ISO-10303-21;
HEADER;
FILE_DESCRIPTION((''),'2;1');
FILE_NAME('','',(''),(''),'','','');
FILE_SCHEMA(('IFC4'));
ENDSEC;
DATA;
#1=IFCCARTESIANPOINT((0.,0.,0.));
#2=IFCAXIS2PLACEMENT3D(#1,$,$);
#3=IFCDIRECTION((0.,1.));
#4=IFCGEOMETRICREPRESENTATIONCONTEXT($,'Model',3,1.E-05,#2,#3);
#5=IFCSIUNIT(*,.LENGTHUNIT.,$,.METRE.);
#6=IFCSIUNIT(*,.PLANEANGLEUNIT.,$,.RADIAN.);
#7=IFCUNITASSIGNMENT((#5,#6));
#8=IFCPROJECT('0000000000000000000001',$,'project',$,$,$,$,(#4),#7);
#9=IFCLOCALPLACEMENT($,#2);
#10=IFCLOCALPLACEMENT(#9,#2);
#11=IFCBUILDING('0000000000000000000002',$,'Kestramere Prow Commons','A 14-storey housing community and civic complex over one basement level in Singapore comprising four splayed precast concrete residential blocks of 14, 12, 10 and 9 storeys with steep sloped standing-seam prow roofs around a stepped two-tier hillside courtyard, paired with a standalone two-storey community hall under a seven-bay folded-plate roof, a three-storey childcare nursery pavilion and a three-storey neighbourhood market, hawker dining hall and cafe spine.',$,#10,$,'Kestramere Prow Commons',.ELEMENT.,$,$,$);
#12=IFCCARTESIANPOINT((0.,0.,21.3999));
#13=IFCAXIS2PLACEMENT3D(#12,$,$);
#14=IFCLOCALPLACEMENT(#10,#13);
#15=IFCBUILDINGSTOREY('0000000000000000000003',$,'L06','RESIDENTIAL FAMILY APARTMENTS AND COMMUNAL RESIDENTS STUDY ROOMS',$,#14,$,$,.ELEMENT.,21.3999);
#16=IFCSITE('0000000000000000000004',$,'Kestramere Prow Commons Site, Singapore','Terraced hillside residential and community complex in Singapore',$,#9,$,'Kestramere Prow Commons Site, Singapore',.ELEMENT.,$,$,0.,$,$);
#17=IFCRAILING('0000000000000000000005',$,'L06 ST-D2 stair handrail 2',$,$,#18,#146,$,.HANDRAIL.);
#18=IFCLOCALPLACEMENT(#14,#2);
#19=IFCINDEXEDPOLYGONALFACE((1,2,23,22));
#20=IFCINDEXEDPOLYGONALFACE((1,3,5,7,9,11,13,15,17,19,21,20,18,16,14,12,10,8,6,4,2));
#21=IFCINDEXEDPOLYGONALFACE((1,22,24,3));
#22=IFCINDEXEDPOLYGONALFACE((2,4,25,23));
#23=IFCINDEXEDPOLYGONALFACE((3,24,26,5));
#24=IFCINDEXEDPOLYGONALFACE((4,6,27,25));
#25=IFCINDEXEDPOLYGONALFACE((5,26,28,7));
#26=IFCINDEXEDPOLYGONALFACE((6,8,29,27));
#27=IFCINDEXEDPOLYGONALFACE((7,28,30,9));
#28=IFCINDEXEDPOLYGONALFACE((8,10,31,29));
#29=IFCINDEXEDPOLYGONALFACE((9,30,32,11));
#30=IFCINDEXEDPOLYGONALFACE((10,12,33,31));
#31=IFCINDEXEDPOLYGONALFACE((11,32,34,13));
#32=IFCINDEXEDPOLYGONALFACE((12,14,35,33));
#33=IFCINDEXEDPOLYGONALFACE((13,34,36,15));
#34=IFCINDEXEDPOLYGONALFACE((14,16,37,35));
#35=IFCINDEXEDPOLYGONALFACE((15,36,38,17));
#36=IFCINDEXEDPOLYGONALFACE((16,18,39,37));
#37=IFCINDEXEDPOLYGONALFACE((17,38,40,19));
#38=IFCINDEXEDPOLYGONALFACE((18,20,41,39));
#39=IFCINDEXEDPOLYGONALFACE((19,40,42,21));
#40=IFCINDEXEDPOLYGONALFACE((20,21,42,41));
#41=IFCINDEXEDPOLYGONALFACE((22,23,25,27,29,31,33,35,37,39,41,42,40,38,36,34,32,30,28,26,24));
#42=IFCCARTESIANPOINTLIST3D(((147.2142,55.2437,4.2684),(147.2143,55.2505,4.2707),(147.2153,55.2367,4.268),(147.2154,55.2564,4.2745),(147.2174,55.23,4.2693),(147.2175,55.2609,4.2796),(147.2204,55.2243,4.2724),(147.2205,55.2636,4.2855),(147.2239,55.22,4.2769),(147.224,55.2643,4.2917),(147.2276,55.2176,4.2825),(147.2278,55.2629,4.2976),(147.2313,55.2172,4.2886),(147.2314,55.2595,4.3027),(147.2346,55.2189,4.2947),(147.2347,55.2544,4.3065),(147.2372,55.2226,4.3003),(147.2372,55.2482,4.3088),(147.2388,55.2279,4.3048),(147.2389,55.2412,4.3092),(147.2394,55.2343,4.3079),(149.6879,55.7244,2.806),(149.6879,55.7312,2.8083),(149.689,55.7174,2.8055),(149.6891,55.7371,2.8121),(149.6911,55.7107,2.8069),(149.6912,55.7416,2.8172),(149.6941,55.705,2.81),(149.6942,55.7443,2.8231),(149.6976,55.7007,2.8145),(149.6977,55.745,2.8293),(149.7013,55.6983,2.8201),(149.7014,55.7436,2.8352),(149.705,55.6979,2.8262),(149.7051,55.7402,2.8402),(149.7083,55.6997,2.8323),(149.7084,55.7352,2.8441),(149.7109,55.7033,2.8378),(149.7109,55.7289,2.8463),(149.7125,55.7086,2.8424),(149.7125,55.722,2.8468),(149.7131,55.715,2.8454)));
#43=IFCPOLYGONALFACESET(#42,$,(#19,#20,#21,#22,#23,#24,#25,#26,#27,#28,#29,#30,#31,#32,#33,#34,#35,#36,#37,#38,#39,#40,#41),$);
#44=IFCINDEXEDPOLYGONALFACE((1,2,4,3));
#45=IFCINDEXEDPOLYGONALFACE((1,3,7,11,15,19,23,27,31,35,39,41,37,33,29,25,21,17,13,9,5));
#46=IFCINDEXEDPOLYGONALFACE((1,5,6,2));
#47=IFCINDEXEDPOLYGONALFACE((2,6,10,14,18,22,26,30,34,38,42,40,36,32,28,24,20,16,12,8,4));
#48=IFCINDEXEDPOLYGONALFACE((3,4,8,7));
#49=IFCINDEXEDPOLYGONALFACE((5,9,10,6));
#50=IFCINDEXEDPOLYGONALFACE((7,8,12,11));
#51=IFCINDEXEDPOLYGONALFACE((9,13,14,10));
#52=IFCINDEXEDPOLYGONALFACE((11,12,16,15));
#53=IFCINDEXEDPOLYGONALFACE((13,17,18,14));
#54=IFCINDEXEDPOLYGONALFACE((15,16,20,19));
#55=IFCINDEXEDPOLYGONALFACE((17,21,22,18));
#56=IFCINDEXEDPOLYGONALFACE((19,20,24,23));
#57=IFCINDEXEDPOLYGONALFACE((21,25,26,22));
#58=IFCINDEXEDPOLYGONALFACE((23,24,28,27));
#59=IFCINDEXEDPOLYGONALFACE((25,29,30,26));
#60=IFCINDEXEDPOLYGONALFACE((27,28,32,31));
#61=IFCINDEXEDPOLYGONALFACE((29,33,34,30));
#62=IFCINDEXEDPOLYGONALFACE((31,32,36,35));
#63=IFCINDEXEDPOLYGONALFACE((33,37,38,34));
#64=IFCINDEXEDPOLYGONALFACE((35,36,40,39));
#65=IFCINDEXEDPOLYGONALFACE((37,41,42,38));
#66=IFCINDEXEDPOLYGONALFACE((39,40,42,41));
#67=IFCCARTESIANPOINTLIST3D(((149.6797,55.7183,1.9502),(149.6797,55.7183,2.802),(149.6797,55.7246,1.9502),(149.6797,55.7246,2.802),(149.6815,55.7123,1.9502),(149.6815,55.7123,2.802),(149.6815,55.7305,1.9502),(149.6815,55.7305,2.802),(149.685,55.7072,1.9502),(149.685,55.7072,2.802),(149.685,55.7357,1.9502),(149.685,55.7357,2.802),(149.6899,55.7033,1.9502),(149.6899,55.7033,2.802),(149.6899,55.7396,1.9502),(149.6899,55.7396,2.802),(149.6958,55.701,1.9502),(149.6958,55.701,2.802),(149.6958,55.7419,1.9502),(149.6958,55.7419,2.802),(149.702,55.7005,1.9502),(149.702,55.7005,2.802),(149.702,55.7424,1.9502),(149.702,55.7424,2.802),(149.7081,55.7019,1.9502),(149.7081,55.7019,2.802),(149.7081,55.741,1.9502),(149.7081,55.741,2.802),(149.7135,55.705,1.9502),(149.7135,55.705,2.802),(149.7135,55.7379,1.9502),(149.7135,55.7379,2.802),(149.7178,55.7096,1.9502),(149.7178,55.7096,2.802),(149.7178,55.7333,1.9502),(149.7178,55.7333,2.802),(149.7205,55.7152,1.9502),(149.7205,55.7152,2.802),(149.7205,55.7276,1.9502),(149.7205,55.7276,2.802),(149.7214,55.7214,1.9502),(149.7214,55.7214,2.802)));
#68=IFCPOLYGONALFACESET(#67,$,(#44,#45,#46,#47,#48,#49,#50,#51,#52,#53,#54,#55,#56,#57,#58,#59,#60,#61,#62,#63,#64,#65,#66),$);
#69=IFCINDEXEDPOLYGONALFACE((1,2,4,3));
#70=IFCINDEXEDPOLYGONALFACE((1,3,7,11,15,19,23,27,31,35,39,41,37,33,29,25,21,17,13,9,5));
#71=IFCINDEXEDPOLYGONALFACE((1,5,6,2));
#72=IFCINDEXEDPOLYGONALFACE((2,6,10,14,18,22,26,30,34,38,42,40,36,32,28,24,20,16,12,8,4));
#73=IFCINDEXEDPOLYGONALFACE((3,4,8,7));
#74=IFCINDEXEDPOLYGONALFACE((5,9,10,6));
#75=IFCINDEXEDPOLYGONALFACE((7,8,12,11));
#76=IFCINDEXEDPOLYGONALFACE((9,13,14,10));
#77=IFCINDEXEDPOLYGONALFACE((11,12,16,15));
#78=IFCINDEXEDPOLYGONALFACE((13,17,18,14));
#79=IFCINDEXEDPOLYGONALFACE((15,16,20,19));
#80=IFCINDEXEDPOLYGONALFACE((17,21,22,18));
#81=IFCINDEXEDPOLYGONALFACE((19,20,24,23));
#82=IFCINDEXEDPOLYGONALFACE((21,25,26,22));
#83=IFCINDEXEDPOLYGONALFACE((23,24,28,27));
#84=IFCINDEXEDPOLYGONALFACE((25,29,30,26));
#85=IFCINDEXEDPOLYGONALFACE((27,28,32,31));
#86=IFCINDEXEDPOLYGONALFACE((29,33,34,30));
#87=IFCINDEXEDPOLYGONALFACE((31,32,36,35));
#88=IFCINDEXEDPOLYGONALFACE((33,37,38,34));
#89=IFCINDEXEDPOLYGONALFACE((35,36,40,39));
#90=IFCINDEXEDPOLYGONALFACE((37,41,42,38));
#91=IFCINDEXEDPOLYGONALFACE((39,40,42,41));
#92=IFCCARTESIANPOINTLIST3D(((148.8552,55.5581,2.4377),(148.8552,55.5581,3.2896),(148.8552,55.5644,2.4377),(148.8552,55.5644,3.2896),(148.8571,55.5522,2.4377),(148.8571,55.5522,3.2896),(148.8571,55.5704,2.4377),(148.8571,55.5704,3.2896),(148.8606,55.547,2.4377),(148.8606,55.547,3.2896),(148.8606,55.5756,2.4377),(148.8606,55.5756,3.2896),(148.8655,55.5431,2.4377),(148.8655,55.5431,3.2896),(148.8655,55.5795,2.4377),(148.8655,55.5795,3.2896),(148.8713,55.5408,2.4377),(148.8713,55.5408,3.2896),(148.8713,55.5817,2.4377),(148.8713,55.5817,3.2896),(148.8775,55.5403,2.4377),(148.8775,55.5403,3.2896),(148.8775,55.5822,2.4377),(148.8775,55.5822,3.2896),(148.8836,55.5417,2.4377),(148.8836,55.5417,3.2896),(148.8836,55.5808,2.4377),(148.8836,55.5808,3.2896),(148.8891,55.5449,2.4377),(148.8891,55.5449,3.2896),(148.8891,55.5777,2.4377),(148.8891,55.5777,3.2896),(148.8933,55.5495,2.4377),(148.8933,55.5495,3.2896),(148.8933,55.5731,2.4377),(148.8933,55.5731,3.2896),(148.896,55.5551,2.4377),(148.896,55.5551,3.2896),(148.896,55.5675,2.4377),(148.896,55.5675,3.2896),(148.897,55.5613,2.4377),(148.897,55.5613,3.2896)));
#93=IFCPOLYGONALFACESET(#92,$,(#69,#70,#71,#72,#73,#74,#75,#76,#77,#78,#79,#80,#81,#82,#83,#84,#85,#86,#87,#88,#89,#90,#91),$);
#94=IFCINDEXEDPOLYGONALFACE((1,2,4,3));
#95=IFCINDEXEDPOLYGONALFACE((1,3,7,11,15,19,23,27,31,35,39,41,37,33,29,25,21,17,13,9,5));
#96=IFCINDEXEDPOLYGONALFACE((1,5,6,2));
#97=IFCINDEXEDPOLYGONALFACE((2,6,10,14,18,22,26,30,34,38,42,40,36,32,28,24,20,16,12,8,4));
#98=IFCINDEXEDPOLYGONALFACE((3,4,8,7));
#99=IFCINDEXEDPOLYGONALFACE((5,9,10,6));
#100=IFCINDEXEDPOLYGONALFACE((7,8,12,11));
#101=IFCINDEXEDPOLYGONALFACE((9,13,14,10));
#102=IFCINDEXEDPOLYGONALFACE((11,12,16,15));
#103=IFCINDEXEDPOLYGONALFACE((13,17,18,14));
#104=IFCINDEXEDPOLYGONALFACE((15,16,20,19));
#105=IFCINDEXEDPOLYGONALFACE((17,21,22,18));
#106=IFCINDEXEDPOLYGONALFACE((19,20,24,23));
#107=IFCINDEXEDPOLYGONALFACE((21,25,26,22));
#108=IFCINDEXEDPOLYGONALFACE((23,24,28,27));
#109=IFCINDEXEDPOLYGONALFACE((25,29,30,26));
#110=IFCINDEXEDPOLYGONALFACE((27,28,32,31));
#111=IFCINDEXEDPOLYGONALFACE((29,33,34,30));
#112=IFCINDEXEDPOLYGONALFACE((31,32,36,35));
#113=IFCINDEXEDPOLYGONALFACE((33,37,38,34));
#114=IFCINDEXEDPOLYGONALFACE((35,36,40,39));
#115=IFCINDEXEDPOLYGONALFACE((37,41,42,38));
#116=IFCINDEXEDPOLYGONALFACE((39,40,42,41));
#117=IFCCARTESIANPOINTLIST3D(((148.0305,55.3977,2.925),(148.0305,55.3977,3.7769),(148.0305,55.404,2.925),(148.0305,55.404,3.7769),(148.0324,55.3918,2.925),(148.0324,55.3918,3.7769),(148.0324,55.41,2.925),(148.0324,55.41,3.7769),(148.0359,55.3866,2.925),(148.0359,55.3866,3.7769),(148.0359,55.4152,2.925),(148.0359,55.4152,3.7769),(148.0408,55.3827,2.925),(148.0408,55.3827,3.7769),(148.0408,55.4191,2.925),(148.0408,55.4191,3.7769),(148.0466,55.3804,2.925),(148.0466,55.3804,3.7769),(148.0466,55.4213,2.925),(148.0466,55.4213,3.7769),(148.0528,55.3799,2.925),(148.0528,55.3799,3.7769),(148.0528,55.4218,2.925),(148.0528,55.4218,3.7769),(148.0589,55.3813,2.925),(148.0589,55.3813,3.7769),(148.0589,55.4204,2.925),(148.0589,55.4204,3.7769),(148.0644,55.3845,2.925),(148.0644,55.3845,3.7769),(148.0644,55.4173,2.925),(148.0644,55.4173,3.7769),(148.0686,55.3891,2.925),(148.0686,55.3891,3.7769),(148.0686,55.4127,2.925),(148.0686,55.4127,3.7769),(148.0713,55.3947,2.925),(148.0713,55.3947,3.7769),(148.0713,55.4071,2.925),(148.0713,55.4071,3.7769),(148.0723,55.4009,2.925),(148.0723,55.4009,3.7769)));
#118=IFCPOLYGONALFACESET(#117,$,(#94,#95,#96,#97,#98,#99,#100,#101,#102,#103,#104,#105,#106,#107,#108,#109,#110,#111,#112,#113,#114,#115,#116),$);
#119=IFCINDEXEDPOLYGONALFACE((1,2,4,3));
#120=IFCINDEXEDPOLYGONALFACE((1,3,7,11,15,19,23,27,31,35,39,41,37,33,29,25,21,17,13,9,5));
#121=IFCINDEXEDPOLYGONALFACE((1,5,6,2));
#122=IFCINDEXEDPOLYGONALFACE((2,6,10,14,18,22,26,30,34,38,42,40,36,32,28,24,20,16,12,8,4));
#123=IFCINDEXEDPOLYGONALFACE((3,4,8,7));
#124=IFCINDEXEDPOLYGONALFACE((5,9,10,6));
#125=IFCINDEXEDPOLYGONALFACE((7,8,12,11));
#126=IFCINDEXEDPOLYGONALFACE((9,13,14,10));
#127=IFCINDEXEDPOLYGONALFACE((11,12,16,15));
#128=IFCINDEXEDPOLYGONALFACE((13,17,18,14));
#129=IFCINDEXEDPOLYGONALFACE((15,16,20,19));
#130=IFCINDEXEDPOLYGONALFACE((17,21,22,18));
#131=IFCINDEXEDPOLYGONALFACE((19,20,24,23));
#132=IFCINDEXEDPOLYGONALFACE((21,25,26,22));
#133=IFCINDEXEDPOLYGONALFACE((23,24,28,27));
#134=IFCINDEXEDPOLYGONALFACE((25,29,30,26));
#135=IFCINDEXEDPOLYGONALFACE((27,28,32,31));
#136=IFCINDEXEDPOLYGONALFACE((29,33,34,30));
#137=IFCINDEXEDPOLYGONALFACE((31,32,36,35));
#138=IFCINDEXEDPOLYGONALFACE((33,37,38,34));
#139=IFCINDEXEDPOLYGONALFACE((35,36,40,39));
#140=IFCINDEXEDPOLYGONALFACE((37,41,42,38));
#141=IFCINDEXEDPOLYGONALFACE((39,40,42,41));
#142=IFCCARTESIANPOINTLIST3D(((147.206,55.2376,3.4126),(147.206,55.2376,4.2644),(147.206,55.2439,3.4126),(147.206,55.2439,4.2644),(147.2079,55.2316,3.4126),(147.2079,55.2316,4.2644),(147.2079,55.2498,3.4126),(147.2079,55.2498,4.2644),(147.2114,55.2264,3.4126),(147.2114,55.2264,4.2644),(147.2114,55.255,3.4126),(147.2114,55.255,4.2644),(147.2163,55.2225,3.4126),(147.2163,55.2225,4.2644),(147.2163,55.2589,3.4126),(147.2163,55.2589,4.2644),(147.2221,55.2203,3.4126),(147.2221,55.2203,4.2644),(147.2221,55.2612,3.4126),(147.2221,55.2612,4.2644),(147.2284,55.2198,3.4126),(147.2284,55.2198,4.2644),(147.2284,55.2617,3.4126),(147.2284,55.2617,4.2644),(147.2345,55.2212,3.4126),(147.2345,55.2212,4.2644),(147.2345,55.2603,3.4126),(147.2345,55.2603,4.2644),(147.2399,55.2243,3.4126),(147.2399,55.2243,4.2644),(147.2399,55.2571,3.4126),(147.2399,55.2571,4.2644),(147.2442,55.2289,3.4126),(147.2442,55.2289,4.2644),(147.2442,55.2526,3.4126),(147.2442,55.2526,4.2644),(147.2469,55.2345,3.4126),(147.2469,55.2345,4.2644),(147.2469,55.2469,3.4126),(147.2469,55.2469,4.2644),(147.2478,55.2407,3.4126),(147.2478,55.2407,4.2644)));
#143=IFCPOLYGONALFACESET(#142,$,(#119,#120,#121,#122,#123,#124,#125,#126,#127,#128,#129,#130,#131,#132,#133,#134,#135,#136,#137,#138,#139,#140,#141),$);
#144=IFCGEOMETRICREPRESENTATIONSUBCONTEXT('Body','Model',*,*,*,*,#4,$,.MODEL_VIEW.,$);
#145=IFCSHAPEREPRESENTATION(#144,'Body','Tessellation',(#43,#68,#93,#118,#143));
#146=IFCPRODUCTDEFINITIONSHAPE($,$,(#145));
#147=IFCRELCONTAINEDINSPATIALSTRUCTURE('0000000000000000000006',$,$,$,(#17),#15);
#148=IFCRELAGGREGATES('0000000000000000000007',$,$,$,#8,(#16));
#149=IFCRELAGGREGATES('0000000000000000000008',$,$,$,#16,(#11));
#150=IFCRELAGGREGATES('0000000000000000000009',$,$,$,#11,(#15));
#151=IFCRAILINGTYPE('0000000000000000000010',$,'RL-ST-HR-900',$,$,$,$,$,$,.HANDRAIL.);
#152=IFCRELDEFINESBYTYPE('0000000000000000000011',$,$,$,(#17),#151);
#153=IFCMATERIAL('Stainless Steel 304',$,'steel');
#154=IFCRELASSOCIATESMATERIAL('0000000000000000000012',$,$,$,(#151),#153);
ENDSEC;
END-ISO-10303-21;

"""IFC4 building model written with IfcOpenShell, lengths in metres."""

from ifc_helpers import new_model, si_unit, direction, frame, origin, origin_2d, place, context, subcontext, project, spatial, circle, extrude, material, type_object, element, save


model = new_model("IFC4")

# Units and contexts
model_context = context("Model", 3, precision=1e-05, world=origin(), true_north=direction((0.0, 1.0)))
body_context = subcontext(model_context, "Body", "Model", "MODEL_VIEW")
ifc_project = project(units=[si_unit("LENGTHUNIT", "METRE"), si_unit("PLANEANGLEUNIT", "RADIAN")], contexts=[model_context])

# Site, building, storey
site_placement = place(None, origin())
site = spatial("IfcSite", under=ifc_project, at=site_placement, Name="Kestramere Prow Commons Site, Singapore", Description="Terraced hillside residential and community complex in Singapore", LongName="Kestramere Prow Commons Site, Singapore", CompositionType="ELEMENT", RefElevation=0.0)
building_placement = place(site_placement, origin())
building = spatial("IfcBuilding", under=site, at=building_placement, Name="Kestramere Prow Commons", Description="A 14-storey housing community and civic complex over one basement level in Singapore comprising four splayed precast concrete residential blocks of 14, 12, 10 and 9 storeys with steep sloped standing-seam prow roofs around a stepped two-tier hillside courtyard, paired with a standalone two-storey community hall under a seven-bay folded-plate roof, a three-storey childcare nursery pavilion and a three-storey neighbourhood market, hawker dining hall and cafe spine.", LongName="Kestramere Prow Commons", CompositionType="ELEMENT")
storey_placement = place(building_placement, frame((0.0, 0.0, 21.3999)))
storey = spatial("IfcBuildingStorey", under=building, at=storey_placement, Name="L06", Description="RESIDENTIAL FAMILY APARTMENTS AND COMMUNAL RESIDENTS STUDY ROOMS", CompositionType="ELEMENT", Elevation=21.3999)

# Railing
ifc_material_1 = material(Name="Stainless Steel 304", Category="steel")
railing_type_1 = type_object("IfcRailingType", Name="RL-ST-HR-900", PredefinedType="HANDRAIL", material=ifc_material_1)
for number, where, name in (
    (1, (149.7004, 55.7214, 1.9502), "L06 ST-D2 stair handrail 2"),
):
    element("IfcRailing", number, at=place(storey_placement, frame(where)), inside=storey, type_object=railing_type_1, Name=name, PredefinedType="HANDRAIL", context=body_context, shape_type="SweptSolid", body=[
        extrude(circle(Radius=0.0239, at=origin_2d()), frame((0.0, 0.0, 0.876), z_axis=(-0.84902, -0.164994, 0.501938), x_axis=(0.190766, -0.981636, 0.0)), (0.0, 0.0, 1.0), 2.9136),
        extrude(circle(Radius=0.021, at=origin_2d()), origin(), (0.0, 0.0, 1.0), 0.8518),
        extrude(circle(Radius=0.021, at=origin_2d()), frame((-0.8245, -0.1602, 0.4875)), (0.0, 0.0, 1.0), 0.8518),
        extrude(circle(Radius=0.021, at=origin_2d()), frame((-1.6492, -0.3206, 0.9749)), (0.0, 0.0, 1.0), 0.8518),
        extrude(circle(Radius=0.021, at=origin_2d()), frame((-2.4736, -0.4807, 1.4624)), (0.0, 0.0, 1.0), 0.8518),
    ])

save(model, "model.ifc")
